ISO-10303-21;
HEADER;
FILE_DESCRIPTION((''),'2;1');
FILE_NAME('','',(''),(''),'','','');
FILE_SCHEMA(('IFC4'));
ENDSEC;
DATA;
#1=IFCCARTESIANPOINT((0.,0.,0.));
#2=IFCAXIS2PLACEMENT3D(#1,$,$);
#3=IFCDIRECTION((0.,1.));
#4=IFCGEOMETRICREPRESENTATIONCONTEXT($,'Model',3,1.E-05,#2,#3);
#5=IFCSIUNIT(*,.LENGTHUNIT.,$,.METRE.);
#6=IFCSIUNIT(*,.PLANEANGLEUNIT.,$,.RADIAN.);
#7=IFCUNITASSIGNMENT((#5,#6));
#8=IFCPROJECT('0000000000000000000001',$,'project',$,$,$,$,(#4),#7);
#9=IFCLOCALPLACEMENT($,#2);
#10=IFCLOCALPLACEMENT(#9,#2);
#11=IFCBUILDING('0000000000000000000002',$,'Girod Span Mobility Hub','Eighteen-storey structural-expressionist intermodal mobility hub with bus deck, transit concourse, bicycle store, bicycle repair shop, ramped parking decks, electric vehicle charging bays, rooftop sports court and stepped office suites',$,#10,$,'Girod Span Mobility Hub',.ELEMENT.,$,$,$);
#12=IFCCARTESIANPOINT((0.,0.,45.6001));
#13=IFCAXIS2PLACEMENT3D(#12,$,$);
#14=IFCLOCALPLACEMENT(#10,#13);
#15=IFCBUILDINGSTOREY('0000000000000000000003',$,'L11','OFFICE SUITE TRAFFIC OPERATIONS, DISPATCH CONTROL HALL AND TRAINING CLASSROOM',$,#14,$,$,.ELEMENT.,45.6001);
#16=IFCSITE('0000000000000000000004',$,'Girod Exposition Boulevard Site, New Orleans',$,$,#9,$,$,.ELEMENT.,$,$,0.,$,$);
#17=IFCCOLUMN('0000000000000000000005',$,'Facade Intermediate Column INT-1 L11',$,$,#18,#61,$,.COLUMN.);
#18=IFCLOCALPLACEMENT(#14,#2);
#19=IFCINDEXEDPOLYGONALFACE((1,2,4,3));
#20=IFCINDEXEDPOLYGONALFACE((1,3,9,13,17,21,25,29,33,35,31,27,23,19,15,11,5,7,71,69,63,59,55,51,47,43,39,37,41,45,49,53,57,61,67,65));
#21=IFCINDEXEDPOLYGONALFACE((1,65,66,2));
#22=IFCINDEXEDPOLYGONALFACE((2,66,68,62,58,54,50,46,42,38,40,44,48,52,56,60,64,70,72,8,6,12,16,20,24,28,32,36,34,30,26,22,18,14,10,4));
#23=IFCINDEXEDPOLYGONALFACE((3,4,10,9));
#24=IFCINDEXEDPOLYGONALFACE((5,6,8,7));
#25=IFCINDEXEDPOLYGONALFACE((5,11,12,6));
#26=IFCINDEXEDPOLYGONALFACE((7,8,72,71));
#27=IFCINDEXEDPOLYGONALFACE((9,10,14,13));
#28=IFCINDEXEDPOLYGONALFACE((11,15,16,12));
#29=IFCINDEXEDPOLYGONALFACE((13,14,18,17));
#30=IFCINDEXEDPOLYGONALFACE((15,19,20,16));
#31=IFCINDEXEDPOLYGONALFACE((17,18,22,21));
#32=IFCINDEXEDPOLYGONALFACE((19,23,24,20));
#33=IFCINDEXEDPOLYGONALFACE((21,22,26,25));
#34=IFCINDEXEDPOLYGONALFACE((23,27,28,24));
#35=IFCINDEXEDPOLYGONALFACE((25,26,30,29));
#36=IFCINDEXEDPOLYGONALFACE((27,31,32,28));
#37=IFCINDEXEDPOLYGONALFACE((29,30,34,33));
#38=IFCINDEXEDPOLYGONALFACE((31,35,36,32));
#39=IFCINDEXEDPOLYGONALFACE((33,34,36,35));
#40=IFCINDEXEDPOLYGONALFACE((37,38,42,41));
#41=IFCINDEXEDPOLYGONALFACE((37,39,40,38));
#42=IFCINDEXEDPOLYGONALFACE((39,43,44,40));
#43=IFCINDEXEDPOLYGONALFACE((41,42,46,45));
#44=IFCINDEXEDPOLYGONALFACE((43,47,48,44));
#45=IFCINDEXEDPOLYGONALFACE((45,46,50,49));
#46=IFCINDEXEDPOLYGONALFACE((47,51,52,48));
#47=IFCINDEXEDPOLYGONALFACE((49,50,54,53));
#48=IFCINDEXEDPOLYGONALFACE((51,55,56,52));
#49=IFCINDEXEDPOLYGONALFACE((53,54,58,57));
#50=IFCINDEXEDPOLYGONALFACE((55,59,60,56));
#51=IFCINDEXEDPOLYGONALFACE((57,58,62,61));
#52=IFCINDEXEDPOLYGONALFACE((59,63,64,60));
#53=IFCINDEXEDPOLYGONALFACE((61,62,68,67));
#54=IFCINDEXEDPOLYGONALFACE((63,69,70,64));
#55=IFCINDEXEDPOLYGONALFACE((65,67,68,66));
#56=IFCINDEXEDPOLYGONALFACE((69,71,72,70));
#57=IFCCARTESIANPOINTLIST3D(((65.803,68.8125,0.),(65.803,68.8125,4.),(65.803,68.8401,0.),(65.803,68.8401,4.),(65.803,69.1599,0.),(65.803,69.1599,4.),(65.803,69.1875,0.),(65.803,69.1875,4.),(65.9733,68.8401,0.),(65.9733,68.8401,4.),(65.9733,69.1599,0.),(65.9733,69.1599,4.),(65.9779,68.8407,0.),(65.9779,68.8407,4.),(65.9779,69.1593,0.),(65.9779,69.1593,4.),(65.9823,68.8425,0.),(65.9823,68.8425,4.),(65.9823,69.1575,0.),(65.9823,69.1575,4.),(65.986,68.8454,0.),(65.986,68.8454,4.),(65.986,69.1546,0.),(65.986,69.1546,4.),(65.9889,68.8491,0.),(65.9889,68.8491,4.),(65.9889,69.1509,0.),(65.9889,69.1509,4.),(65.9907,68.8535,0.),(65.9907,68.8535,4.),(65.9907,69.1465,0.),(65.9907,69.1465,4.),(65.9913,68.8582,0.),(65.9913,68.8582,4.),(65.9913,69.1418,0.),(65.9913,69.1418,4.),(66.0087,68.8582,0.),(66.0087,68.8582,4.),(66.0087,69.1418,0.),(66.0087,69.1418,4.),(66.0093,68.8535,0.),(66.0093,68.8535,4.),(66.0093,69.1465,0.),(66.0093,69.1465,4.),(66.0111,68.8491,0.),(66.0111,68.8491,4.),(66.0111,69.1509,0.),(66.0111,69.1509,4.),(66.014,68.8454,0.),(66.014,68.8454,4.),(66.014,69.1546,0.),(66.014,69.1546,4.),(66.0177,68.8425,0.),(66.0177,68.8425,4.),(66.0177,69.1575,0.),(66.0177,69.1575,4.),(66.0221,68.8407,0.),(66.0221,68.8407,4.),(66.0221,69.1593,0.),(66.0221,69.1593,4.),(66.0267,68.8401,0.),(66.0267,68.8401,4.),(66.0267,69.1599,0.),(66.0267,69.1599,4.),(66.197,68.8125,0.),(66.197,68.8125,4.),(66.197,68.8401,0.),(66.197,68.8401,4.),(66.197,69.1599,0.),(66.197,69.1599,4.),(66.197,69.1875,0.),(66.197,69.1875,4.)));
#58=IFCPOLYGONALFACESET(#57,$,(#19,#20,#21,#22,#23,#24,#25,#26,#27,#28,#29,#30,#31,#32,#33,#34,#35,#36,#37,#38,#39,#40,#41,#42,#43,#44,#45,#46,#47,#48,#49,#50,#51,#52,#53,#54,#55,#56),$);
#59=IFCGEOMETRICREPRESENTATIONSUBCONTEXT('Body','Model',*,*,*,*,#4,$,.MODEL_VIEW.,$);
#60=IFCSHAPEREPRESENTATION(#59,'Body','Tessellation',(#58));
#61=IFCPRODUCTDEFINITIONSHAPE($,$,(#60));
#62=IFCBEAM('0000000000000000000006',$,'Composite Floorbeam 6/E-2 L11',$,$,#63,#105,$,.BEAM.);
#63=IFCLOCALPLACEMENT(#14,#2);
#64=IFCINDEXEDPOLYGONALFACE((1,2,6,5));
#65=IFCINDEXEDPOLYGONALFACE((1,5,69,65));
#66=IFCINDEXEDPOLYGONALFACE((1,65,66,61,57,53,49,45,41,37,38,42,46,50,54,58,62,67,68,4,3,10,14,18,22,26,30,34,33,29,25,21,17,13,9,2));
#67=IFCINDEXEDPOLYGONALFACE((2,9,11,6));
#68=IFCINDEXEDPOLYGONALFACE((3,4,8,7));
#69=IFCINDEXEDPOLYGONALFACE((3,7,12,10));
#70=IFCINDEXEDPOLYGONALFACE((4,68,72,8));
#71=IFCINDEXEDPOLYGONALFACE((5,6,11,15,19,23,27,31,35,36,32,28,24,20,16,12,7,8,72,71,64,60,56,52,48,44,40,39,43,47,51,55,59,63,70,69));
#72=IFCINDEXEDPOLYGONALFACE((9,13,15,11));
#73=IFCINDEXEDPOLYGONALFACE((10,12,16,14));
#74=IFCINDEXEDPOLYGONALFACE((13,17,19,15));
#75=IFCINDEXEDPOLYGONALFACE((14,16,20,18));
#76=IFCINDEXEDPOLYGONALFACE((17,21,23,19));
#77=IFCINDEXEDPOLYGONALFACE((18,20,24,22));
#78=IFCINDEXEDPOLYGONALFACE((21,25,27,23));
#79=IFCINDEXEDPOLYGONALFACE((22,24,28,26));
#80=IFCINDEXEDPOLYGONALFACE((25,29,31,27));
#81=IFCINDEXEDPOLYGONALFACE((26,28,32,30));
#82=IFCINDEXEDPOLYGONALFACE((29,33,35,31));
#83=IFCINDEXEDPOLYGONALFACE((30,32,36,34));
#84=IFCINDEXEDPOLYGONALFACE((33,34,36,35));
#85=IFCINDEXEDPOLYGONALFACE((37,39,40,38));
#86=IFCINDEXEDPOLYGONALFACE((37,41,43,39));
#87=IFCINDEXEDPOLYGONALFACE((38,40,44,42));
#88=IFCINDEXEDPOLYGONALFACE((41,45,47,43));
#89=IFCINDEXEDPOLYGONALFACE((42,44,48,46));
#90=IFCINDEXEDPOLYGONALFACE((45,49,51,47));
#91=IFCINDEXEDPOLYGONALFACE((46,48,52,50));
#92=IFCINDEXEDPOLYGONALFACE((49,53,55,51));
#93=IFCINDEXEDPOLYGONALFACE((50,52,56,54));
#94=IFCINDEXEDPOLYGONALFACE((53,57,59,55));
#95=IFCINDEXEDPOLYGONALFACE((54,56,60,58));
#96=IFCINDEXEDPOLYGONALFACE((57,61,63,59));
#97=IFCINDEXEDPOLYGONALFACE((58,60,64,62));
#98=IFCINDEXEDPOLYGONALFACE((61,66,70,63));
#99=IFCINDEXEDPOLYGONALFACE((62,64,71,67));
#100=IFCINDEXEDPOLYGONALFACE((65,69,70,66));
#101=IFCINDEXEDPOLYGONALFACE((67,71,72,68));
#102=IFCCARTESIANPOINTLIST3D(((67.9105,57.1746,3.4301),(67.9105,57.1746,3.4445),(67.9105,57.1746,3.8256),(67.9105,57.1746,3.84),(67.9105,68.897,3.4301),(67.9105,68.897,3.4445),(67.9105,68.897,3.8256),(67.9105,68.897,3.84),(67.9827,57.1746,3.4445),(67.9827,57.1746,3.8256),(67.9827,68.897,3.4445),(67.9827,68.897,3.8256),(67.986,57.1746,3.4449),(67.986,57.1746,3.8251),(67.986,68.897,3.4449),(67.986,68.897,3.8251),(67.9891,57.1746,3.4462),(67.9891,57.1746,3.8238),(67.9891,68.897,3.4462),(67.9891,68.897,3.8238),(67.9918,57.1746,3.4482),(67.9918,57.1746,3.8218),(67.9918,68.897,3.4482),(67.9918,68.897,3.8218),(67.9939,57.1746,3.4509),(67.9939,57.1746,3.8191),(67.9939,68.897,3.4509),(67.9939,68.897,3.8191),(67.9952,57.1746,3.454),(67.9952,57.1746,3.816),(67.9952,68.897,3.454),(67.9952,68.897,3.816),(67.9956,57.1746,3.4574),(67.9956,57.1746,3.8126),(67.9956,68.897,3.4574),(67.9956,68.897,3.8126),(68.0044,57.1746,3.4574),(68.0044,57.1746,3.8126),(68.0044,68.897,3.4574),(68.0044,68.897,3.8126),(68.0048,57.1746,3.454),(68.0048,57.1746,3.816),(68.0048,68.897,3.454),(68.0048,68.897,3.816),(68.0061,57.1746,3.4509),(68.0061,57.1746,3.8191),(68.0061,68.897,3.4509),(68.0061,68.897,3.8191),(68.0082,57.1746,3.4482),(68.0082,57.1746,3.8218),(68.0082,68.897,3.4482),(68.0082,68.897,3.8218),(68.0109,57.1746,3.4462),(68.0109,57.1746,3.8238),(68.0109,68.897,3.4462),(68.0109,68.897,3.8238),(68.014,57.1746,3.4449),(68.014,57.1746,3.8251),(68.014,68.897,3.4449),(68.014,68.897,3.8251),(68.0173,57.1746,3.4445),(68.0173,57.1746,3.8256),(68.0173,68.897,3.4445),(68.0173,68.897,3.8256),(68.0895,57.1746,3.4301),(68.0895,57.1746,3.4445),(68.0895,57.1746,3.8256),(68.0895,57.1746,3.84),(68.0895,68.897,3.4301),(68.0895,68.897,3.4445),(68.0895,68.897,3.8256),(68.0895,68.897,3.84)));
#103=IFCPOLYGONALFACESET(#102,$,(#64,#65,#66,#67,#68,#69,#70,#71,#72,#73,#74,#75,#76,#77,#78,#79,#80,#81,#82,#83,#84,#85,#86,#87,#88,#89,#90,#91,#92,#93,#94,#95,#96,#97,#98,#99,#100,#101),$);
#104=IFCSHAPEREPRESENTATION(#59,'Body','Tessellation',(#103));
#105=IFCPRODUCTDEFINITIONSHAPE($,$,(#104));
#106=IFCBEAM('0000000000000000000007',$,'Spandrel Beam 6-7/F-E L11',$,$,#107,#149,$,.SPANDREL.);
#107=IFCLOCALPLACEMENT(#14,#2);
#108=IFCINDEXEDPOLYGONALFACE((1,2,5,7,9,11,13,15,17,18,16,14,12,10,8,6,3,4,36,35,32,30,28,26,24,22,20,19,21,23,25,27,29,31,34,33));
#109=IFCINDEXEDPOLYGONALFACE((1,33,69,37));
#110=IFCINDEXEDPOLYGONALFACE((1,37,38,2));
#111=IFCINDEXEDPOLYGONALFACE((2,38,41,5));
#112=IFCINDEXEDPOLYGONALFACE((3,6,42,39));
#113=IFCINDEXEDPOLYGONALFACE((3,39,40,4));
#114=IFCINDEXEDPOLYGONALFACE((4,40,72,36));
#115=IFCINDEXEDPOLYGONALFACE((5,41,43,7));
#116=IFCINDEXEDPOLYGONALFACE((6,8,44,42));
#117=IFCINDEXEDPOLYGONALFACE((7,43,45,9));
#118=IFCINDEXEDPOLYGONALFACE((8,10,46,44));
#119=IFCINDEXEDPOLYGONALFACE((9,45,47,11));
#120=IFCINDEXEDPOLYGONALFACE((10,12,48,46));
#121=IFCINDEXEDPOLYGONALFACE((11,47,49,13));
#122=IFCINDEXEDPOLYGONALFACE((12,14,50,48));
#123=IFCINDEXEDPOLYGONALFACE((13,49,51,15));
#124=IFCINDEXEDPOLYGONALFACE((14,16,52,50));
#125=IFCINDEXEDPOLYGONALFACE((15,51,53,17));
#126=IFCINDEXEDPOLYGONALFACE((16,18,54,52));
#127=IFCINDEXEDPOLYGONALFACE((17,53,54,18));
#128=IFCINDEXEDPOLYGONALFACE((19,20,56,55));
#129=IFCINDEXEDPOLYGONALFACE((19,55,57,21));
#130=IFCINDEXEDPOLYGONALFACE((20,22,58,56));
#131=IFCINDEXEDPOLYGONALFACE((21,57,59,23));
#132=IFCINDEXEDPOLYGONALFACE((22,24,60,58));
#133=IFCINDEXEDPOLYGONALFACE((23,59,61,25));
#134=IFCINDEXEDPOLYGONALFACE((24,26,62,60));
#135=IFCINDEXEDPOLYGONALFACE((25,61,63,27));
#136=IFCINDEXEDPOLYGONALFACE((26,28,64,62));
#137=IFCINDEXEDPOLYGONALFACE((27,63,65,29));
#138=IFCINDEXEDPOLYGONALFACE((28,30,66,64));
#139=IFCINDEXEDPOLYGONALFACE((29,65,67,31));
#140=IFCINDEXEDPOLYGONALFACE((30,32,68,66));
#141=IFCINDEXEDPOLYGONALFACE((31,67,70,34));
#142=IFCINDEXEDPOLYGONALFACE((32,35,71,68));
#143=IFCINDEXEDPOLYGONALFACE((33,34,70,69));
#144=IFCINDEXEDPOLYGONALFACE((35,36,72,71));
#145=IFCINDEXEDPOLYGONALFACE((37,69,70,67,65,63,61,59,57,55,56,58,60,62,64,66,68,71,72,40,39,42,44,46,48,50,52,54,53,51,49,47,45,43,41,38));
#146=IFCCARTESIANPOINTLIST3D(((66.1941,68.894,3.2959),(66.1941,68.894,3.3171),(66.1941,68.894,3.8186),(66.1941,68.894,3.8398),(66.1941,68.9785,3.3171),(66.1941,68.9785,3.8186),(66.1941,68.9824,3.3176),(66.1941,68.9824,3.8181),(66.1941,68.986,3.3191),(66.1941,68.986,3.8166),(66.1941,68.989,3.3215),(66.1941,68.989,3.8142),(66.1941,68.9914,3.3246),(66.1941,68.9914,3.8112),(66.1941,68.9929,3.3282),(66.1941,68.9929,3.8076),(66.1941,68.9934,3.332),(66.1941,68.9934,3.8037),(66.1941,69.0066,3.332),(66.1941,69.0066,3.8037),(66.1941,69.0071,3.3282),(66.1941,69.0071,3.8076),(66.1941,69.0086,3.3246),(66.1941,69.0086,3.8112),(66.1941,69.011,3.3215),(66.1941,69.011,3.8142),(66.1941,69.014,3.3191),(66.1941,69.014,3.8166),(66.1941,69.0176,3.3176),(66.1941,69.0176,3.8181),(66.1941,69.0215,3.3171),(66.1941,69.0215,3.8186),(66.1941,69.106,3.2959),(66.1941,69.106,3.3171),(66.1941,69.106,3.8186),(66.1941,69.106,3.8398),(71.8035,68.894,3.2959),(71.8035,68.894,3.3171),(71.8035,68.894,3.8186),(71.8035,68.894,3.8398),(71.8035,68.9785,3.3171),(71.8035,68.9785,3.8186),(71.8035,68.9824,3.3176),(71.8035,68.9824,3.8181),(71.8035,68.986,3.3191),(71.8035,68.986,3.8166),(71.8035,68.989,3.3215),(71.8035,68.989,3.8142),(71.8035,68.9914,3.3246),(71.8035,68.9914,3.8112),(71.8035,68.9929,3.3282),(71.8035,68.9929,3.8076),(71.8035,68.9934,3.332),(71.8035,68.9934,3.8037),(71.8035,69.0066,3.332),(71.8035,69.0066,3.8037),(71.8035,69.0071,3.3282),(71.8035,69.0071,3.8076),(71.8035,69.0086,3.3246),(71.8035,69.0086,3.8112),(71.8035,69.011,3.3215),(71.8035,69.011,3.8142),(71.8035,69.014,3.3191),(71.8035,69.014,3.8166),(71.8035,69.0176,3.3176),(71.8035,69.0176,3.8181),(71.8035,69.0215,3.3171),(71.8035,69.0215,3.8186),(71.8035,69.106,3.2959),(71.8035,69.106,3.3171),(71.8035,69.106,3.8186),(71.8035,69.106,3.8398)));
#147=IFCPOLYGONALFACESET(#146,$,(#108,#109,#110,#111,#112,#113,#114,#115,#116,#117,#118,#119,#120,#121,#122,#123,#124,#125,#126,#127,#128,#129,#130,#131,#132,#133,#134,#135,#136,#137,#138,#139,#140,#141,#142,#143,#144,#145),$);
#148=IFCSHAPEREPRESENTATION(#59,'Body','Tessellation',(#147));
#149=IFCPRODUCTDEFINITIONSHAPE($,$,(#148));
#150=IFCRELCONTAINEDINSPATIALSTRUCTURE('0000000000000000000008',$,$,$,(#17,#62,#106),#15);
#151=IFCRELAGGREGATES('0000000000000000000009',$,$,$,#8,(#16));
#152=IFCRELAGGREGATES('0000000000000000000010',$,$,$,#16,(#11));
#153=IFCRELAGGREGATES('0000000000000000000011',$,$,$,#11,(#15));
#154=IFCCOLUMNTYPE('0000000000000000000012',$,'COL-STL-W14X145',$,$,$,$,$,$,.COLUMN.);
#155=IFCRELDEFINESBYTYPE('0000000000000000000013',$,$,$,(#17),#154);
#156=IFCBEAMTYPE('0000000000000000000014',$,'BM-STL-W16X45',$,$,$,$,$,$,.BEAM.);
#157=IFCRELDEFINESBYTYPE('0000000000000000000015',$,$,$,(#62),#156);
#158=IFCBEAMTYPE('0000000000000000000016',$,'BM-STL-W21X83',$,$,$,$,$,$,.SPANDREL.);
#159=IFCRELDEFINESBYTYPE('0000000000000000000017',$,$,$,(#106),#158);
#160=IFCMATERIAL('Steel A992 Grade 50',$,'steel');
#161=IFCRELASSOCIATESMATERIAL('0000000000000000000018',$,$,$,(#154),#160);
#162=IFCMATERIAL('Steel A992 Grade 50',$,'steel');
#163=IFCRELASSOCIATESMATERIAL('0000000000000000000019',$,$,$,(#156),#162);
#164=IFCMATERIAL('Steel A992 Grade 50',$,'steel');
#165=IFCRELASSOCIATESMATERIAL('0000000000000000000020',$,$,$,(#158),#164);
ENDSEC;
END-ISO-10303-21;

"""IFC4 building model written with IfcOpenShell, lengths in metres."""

from ifc_helpers import new_model, si_unit, direction, frame, origin, origin_2d, place, context, subcontext, project, spatial, i_section, extrude, material, material_profile, profile_set, type_object, element, save


model = new_model("IFC4")

# Units and contexts
model_context = context("Model", 3, precision=1e-05, world=origin(), true_north=direction((0.0, 1.0)))
body_context = subcontext(model_context, "Body", "Model", "MODEL_VIEW")
ifc_project = project(units=[si_unit("LENGTHUNIT", "METRE"), si_unit("PLANEANGLEUNIT", "RADIAN")], contexts=[model_context])

# Site, building, storey
site_placement = place(None, origin())
site = spatial("IfcSite", under=ifc_project, at=site_placement, Name="Girod Exposition Boulevard Site, New Orleans", CompositionType="ELEMENT", RefElevation=0.0)
building_placement = place(site_placement, origin())
building = spatial("IfcBuilding", under=site, at=building_placement, Name="Girod Span Mobility Hub", Description="Eighteen-storey structural-expressionist intermodal mobility hub with bus deck, transit concourse, bicycle store, bicycle repair shop, ramped parking decks, electric vehicle charging bays, rooftop sports court and stepped office suites", LongName="Girod Span Mobility Hub", CompositionType="ELEMENT")
storey_placement = place(building_placement, frame((0.0, 0.0, 45.6001)))
storey = spatial("IfcBuildingStorey", under=building, at=storey_placement, Name="L11", Description="OFFICE SUITE TRAFFIC OPERATIONS, DISPATCH CONTROL HALL AND TRAINING CLASSROOM", CompositionType="ELEMENT", Elevation=45.6001)

# Column
ifc_material_1 = material(Name="Steel A992 Grade 50", Category="steel")
ifc_material_profile_1 = material_profile(ifc_material_1, i_section(OverallWidth=0.394, OverallDepth=0.375, WebThickness=0.0173, FlangeThickness=0.0276, FilletRadius=0.0181, at=origin_2d()), Name="W14X145")
ifc_profile_set_1 = profile_set([ifc_material_profile_1], Name="Steel A992 Grade 50")
column_type = type_object("IfcColumnType", Name="COL-STL-W14X145", PredefinedType="COLUMN", material=ifc_profile_set_1)
column_placement = place(storey_placement, frame((66.0, 69.0, 0.0), z_axis=(0.0, 0.0, 1.0), x_axis=(1.0, 0.0, 0.0)))
element("IfcColumn", 1, at=column_placement, inside=storey, type_object=column_type, Name="Facade Intermediate Column INT-1 L11", PredefinedType="COLUMN", context=body_context, shape_type="SweptSolid", body=[
    extrude(i_section(OverallWidth=0.394, OverallDepth=0.375, WebThickness=0.0173, FlangeThickness=0.0276, FilletRadius=0.0181, at=origin_2d()), origin(), (0.0, 0.0, 1.0), 4.0),
])

# Beams
ifc_material_2 = material(Name="Steel A992 Grade 50", Category="steel")
ifc_material_profile_2 = material_profile(ifc_material_2, i_section(OverallWidth=0.179, OverallDepth=0.4099, WebThickness=0.0088, FlangeThickness=0.0144, FilletRadius=0.0129, at=origin_2d()), Name="W16X45")
ifc_profile_set_2 = profile_set([ifc_material_profile_2], Name="Steel A992 Grade 50")
beam_type_1 = type_object("IfcBeamType", Name="BM-STL-W16X45", PredefinedType="BEAM", material=ifc_profile_set_2)
beam_1_placement = place(storey_placement, frame((68.0, 57.1746, 3.635), z_axis=(0.0, 1.0, 0.0), x_axis=(-1.0, 0.0, 0.0)))
element("IfcBeam", 2, at=beam_1_placement, inside=storey, type_object=beam_type_1, Name="Composite Floorbeam 6/E-2 L11", PredefinedType="BEAM", context=body_context, shape_type="SweptSolid", body=[
    extrude(i_section(OverallWidth=0.179, OverallDepth=0.4099, WebThickness=0.0088, FlangeThickness=0.0144, FilletRadius=0.0129, at=origin_2d()), origin(), (0.0, 0.0, 1.0), 11.7224),
])
ifc_material_3 = material(Name="Steel A992 Grade 50", Category="steel")
ifc_material_profile_3 = material_profile(ifc_material_3, i_section(OverallWidth=0.2119, OverallDepth=0.5439, WebThickness=0.0132, FlangeThickness=0.0212, FilletRadius=0.0149, at=origin_2d()), Name="W21X83")
ifc_profile_set_3 = profile_set([ifc_material_profile_3], Name="Steel A992 Grade 50")
beam_type_2 = type_object("IfcBeamType", Name="BM-STL-W21X83", PredefinedType="SPANDREL", material=ifc_profile_set_3)
beam_2_placement = place(storey_placement, frame((66.1941, 69.0, 3.5679), z_axis=(1.0, 0.0, 0.0), x_axis=(0.0, 1.0, 0.0)))
element("IfcBeam", 3, at=beam_2_placement, inside=storey, type_object=beam_type_2, Name="Spandrel Beam 6-7/F-E L11", PredefinedType="SPANDREL", context=body_context, shape_type="SweptSolid", body=[
    extrude(i_section(OverallWidth=0.2119, OverallDepth=0.5439, WebThickness=0.0132, FlangeThickness=0.0212, FilletRadius=0.0149, at=origin_2d()), origin(), (0.0, 0.0, 1.0), 5.6094),
])

save(model, "model.ifc")
